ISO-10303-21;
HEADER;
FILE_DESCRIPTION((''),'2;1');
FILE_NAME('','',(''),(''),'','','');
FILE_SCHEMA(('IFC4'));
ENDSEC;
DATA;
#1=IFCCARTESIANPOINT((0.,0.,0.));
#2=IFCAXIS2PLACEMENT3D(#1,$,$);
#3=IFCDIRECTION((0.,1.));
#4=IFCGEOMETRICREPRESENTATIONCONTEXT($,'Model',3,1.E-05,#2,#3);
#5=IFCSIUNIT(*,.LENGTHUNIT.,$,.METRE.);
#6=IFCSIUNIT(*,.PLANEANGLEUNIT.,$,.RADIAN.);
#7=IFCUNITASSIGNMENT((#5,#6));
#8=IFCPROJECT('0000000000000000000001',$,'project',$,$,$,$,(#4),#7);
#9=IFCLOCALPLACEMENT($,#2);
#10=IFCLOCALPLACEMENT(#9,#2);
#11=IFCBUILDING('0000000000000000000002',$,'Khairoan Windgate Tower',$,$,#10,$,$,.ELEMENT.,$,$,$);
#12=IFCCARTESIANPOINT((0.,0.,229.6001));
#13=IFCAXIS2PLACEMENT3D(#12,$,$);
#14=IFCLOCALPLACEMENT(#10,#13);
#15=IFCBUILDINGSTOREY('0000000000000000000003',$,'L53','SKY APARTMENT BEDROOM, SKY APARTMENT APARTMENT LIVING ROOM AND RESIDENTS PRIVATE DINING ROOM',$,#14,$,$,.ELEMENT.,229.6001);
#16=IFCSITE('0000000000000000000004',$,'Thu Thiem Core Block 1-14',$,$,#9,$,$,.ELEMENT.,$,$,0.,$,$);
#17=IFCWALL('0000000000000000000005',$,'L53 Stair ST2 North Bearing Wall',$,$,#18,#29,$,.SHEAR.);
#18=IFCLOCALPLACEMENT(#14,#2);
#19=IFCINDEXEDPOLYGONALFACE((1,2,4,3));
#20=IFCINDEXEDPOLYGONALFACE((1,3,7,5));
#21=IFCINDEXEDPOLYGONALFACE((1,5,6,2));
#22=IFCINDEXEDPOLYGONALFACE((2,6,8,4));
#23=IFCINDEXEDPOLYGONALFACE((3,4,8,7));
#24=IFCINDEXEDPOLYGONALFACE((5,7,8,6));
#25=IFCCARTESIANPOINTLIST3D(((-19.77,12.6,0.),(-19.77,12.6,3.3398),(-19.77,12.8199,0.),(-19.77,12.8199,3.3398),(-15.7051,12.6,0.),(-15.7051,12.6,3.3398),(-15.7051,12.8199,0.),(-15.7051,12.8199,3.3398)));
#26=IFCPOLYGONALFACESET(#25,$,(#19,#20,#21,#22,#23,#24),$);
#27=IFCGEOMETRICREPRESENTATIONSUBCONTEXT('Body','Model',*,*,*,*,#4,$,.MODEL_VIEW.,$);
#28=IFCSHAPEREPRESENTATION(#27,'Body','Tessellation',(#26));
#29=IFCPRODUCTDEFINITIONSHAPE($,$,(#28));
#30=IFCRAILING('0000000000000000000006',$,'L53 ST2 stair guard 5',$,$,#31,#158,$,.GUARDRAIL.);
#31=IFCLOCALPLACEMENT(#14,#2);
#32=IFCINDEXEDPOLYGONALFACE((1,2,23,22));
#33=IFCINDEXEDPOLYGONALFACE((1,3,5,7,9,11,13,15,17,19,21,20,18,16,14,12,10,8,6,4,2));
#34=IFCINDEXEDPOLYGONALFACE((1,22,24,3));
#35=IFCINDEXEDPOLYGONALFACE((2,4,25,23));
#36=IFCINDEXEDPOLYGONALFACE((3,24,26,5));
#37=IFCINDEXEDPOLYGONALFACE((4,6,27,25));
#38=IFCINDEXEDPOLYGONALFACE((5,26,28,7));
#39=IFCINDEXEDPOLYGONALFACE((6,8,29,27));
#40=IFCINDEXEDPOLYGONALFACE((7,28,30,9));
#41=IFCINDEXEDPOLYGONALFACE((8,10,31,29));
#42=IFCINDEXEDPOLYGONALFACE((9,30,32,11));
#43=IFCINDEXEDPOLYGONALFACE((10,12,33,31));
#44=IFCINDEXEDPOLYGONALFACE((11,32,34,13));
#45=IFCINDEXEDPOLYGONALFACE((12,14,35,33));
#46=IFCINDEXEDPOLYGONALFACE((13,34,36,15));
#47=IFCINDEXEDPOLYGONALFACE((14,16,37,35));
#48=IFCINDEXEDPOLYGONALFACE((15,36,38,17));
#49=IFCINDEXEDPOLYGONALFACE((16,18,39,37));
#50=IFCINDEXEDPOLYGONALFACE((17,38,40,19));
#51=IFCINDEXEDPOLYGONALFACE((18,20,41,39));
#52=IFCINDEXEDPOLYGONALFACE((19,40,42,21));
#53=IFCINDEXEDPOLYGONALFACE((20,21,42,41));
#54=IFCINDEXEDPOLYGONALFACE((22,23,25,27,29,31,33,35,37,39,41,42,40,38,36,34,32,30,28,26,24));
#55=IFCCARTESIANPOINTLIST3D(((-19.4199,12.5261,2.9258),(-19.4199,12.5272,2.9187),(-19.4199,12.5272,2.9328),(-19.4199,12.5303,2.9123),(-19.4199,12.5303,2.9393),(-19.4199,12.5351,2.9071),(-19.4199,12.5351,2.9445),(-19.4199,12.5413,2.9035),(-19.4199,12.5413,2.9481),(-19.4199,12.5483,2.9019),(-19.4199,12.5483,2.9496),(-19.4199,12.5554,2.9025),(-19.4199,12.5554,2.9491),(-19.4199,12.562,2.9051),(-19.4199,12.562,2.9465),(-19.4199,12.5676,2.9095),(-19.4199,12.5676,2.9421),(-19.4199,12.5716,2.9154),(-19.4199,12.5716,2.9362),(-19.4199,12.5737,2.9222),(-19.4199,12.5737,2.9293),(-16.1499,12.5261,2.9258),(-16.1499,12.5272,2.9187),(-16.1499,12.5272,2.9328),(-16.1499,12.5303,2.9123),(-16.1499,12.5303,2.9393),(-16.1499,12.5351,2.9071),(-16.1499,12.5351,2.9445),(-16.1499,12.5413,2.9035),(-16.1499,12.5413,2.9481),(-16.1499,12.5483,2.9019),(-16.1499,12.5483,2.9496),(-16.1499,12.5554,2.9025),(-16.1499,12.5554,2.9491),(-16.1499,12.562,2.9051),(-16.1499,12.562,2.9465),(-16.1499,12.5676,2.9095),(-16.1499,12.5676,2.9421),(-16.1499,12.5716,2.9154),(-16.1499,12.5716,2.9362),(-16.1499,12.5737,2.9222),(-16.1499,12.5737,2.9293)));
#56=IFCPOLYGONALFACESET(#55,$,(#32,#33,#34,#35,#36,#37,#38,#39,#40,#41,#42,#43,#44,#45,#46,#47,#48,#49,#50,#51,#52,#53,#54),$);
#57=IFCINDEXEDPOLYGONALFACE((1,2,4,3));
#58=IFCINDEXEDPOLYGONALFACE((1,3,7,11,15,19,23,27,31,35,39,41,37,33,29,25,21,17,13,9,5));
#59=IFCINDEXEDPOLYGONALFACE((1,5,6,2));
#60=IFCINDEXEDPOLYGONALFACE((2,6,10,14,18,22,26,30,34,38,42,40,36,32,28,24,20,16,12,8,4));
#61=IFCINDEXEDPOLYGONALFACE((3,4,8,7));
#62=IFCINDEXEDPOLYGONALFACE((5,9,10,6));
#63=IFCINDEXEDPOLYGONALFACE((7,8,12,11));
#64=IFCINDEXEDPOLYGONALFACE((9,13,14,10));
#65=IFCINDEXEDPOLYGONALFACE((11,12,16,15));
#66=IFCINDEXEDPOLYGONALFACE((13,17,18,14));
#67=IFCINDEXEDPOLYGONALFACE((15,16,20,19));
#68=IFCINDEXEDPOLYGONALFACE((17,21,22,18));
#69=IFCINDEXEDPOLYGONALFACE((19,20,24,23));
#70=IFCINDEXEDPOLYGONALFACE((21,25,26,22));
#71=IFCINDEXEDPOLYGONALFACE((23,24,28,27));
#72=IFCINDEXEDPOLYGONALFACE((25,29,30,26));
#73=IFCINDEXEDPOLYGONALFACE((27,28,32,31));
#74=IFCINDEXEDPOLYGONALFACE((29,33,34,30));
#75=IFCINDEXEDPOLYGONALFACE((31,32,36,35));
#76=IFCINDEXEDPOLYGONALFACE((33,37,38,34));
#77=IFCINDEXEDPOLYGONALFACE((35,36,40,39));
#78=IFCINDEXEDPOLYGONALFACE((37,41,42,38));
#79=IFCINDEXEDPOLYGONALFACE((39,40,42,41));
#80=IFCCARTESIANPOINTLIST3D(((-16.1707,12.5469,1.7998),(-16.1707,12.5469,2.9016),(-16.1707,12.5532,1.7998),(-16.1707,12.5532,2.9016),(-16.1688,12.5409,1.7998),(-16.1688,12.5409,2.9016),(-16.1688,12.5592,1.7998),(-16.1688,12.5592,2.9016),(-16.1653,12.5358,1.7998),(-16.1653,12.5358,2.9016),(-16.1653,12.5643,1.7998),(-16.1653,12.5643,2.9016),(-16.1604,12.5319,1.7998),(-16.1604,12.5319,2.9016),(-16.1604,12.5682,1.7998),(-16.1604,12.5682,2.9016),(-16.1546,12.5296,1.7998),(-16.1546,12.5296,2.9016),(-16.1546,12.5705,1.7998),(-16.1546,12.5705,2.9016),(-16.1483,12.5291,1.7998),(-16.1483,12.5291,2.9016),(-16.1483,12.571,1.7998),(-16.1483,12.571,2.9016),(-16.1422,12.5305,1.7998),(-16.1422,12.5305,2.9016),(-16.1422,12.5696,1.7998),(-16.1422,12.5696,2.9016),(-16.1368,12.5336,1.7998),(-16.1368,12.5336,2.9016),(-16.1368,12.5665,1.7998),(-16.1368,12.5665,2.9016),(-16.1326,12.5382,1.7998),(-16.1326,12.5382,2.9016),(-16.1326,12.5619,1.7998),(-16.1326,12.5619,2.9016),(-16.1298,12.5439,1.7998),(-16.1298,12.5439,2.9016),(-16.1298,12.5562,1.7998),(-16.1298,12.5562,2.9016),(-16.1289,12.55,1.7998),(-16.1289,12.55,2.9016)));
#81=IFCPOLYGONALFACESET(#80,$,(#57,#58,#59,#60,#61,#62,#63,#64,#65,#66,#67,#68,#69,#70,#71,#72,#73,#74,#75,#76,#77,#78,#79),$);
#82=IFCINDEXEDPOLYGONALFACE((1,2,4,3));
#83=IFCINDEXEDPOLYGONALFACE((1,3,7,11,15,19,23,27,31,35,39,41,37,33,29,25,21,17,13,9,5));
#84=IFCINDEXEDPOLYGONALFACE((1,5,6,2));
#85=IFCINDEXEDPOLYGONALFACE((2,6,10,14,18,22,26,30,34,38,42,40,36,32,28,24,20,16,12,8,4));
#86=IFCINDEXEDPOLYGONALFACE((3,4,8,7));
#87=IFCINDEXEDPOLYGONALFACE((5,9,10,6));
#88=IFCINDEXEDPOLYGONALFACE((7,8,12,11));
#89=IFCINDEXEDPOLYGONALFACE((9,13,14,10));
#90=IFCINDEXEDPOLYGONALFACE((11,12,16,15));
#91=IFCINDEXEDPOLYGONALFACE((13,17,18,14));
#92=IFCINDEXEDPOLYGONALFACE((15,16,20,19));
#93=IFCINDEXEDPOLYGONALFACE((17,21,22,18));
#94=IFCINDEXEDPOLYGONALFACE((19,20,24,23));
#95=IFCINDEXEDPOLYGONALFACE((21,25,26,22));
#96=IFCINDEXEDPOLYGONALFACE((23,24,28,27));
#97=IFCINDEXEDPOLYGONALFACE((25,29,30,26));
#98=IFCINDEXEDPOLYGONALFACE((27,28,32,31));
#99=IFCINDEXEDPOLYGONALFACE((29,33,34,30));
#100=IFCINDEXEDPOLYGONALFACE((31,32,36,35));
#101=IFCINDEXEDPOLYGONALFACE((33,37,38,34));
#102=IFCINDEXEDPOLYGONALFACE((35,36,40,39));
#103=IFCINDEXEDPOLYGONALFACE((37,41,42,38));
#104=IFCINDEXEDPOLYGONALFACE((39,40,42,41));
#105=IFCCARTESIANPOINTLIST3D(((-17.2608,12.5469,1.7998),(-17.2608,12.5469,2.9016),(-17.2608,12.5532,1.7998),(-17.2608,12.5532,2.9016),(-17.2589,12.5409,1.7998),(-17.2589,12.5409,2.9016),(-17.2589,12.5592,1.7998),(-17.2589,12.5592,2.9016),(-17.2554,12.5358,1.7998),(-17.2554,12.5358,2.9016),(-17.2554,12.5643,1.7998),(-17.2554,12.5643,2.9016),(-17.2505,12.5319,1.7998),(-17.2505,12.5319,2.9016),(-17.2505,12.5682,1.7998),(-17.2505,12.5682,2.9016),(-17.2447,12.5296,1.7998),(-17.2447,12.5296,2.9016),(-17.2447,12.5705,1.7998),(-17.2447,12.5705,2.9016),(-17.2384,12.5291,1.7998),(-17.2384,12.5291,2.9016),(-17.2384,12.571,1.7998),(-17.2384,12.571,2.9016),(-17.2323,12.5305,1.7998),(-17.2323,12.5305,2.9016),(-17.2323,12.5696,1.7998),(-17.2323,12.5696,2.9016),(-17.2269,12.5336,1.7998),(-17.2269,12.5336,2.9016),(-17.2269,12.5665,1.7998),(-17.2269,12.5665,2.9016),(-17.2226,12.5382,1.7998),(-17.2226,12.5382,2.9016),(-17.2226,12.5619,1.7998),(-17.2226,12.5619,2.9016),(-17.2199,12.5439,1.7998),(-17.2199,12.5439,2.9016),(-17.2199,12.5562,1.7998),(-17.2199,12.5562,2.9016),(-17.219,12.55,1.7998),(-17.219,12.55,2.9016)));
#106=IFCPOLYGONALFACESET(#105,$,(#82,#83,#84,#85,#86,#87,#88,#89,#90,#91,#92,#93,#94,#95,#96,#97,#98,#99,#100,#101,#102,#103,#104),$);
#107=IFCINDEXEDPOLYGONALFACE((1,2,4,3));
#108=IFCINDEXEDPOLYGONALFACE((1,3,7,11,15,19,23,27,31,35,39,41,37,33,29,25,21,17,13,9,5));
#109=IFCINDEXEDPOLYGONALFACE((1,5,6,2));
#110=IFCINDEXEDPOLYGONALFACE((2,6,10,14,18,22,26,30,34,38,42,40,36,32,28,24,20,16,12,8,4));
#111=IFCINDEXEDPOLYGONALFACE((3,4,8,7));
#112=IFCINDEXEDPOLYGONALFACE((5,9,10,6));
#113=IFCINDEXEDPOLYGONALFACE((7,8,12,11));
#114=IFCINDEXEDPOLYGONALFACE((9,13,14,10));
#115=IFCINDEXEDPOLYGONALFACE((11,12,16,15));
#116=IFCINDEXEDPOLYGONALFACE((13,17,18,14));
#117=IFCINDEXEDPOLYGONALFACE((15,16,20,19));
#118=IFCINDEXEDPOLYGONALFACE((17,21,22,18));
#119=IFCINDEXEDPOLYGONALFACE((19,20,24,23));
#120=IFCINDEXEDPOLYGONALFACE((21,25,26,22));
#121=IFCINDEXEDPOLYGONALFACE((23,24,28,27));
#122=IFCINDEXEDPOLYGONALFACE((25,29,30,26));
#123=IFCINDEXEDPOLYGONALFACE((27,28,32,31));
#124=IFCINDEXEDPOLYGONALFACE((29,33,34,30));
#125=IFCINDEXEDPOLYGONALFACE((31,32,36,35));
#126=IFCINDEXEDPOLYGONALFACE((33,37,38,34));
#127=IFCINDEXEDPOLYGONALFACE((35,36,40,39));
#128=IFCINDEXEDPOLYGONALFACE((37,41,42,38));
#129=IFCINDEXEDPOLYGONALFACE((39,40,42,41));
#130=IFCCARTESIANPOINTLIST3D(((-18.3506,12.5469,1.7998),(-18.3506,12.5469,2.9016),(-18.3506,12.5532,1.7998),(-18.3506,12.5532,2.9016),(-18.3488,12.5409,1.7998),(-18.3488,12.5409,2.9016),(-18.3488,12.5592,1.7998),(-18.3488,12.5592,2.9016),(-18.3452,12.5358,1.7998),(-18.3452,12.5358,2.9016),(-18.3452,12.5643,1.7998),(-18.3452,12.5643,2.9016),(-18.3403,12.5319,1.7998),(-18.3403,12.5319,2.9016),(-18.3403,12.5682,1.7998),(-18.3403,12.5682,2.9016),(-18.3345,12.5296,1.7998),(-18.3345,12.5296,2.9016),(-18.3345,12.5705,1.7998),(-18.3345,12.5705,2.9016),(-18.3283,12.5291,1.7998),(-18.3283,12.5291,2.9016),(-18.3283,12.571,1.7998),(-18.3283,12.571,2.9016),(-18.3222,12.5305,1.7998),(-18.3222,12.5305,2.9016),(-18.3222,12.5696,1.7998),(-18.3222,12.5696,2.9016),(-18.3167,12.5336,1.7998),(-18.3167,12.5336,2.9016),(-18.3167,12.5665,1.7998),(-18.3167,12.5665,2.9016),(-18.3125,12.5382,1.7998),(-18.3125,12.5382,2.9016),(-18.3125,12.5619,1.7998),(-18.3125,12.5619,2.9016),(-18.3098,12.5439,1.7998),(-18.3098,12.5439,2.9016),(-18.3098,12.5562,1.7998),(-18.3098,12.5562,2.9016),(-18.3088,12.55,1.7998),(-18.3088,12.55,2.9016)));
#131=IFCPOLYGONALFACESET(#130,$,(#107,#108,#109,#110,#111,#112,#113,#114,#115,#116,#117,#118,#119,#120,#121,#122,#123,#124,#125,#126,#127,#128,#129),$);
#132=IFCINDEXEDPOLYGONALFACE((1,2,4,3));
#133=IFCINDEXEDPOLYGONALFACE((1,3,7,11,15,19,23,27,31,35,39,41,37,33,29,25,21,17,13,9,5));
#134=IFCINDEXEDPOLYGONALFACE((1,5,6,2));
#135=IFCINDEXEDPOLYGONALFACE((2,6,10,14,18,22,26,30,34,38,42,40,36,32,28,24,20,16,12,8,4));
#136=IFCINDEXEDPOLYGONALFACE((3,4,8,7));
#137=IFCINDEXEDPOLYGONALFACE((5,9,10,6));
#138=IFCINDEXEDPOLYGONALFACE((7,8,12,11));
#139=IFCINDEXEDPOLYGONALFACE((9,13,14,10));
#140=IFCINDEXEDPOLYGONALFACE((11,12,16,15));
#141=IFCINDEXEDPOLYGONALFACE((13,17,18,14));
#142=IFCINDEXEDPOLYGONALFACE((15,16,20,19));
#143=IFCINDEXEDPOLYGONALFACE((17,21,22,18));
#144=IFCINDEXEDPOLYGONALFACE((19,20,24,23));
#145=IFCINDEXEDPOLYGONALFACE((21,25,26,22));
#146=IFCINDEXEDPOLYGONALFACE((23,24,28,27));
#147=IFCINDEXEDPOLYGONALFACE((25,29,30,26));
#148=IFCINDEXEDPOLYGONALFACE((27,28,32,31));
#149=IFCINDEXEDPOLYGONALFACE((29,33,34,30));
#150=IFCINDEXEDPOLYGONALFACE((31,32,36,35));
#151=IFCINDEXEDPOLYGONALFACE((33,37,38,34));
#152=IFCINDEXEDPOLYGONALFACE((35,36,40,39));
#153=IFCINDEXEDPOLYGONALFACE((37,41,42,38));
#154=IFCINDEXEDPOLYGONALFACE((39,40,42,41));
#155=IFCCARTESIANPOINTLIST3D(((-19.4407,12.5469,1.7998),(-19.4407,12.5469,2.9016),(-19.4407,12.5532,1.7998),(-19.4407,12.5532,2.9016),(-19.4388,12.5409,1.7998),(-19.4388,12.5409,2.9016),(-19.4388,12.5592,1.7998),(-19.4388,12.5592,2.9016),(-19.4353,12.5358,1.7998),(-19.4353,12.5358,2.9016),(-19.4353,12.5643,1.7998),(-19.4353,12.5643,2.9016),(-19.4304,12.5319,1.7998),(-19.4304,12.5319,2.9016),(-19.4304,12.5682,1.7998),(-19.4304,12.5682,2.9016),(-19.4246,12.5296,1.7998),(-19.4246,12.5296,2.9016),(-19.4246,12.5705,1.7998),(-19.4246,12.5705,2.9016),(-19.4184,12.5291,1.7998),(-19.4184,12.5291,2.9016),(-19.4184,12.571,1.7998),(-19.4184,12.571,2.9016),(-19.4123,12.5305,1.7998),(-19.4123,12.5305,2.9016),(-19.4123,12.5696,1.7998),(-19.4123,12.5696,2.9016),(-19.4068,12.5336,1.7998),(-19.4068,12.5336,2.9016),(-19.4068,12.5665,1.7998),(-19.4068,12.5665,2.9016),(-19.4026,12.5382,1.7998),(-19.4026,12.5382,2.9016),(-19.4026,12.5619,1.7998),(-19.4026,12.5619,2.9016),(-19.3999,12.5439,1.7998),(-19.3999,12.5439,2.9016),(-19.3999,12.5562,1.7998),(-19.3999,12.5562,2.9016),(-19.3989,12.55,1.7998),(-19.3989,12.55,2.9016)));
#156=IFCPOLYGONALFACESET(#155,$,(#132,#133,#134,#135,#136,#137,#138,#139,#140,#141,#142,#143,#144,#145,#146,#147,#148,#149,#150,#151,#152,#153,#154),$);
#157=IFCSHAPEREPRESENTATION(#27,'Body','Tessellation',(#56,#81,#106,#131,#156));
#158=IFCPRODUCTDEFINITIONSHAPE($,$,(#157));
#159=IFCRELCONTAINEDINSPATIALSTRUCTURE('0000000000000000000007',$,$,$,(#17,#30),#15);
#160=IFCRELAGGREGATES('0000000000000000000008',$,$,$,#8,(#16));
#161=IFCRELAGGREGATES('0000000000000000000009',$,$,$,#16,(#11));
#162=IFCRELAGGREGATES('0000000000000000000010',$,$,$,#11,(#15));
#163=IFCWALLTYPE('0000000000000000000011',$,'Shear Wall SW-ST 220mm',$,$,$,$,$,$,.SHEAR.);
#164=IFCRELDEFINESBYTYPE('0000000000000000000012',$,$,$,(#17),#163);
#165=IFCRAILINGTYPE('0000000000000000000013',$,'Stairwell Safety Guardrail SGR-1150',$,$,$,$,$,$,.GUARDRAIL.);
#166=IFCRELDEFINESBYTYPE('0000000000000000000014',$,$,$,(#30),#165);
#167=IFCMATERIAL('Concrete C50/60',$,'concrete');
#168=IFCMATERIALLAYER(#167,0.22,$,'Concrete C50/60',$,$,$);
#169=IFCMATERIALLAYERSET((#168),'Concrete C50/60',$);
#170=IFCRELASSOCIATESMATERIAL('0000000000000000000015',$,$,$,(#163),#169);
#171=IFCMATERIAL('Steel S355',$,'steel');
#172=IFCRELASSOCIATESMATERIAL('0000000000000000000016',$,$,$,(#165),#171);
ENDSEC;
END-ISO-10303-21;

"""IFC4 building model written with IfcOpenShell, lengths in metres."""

from ifc_helpers import new_model, si_unit, direction, frame, frame_2d, origin, origin_2d, place, context, subcontext, project, spatial, rectangle, circle, extrude, material, layer, layer_set, type_object, element, save


model = new_model("IFC4")

# Units and contexts
model_context = context("Model", 3, precision=1e-05, world=origin(), true_north=direction((0.0, 1.0)))
body_context = subcontext(model_context, "Body", "Model", "MODEL_VIEW")
ifc_project = project(units=[si_unit("LENGTHUNIT", "METRE"), si_unit("PLANEANGLEUNIT", "RADIAN")], contexts=[model_context])

# Site, building, storey
site_placement = place(None, origin())
site = spatial("IfcSite", under=ifc_project, at=site_placement, Name="Thu Thiem Core Block 1-14", CompositionType="ELEMENT", RefElevation=0.0)
building_placement = place(site_placement, origin())
building = spatial("IfcBuilding", under=site, at=building_placement, Name="Khairoan Windgate Tower", CompositionType="ELEMENT")
storey_placement = place(building_placement, frame((0.0, 0.0, 229.6001)))
storey = spatial("IfcBuildingStorey", under=building, at=storey_placement, Name="L53", Description="SKY APARTMENT BEDROOM, SKY APARTMENT APARTMENT LIVING ROOM AND RESIDENTS PRIVATE DINING ROOM", CompositionType="ELEMENT", Elevation=229.6001)

# Wall
ifc_material_1 = material(Name="Concrete C50/60", Category="concrete")
ifc_layer_1 = layer(ifc_material_1, 0.22, Name="Concrete C50/60")
ifc_layer_set_1 = layer_set([ifc_layer_1], Name="Concrete C50/60")
wall_type_1 = type_object("IfcWallType", Name="Shear Wall SW-ST 220mm", PredefinedType="SHEAR", material=ifc_layer_set_1)
wall_1_placement = place(storey_placement, frame((-19.77, 12.71, 0.0), z_axis=(0.0, 0.0, 1.0), x_axis=(1.0, 0.0, 0.0)))
element("IfcWall", 1, at=wall_1_placement, inside=storey, type_object=wall_type_1, Name="L53 Stair ST2 North Bearing Wall", PredefinedType="SHEAR", context=body_context, shape_type="SweptSolid", body=[
    extrude(rectangle(XDim=4.0649, YDim=0.22, at=frame_2d((2.0325, 0.0))), origin(), (0.0, 0.0, 1.0), 3.3398),
])

# Railing
ifc_material_2 = material(Name="Steel S355", Category="steel")
railing_type = type_object("IfcRailingType", Name="Stairwell Safety Guardrail SGR-1150", PredefinedType="GUARDRAIL", material=ifc_material_2)
railing_1_placement = place(storey_placement, frame((-16.1499, 12.55, 1.7998)))
element("IfcRailing", 2, at=railing_1_placement, inside=storey, type_object=railing_type, Name="L53 ST2 stair guard 5", PredefinedType="GUARDRAIL", context=body_context, shape_type="SweptSolid", body=[
    extrude(circle(Radius=0.0239, at=origin_2d()), frame((0.0, 0.0, 1.126), z_axis=(-1.0, 0.0, 0.0), x_axis=(0.0, -1.0, 0.0)), (0.0, 0.0, 1.0), 3.27),
    extrude(circle(Radius=0.021, at=origin_2d()), origin(), (0.0, 0.0, 1.0), 1.1018),
    extrude(circle(Radius=0.021, at=origin_2d()), frame((-1.0901, 0.0, 0.0)), (0.0, 0.0, 1.0), 1.1018),
    extrude(circle(Radius=0.021, at=origin_2d()), frame((-2.1799, 0.0, 0.0)), (0.0, 0.0, 1.0), 1.1018),
    extrude(circle(Radius=0.021, at=origin_2d()), frame((-3.27, 0.0, 0.0)), (0.0, 0.0, 1.0), 1.1018),
])

save(model, "model.ifc")
